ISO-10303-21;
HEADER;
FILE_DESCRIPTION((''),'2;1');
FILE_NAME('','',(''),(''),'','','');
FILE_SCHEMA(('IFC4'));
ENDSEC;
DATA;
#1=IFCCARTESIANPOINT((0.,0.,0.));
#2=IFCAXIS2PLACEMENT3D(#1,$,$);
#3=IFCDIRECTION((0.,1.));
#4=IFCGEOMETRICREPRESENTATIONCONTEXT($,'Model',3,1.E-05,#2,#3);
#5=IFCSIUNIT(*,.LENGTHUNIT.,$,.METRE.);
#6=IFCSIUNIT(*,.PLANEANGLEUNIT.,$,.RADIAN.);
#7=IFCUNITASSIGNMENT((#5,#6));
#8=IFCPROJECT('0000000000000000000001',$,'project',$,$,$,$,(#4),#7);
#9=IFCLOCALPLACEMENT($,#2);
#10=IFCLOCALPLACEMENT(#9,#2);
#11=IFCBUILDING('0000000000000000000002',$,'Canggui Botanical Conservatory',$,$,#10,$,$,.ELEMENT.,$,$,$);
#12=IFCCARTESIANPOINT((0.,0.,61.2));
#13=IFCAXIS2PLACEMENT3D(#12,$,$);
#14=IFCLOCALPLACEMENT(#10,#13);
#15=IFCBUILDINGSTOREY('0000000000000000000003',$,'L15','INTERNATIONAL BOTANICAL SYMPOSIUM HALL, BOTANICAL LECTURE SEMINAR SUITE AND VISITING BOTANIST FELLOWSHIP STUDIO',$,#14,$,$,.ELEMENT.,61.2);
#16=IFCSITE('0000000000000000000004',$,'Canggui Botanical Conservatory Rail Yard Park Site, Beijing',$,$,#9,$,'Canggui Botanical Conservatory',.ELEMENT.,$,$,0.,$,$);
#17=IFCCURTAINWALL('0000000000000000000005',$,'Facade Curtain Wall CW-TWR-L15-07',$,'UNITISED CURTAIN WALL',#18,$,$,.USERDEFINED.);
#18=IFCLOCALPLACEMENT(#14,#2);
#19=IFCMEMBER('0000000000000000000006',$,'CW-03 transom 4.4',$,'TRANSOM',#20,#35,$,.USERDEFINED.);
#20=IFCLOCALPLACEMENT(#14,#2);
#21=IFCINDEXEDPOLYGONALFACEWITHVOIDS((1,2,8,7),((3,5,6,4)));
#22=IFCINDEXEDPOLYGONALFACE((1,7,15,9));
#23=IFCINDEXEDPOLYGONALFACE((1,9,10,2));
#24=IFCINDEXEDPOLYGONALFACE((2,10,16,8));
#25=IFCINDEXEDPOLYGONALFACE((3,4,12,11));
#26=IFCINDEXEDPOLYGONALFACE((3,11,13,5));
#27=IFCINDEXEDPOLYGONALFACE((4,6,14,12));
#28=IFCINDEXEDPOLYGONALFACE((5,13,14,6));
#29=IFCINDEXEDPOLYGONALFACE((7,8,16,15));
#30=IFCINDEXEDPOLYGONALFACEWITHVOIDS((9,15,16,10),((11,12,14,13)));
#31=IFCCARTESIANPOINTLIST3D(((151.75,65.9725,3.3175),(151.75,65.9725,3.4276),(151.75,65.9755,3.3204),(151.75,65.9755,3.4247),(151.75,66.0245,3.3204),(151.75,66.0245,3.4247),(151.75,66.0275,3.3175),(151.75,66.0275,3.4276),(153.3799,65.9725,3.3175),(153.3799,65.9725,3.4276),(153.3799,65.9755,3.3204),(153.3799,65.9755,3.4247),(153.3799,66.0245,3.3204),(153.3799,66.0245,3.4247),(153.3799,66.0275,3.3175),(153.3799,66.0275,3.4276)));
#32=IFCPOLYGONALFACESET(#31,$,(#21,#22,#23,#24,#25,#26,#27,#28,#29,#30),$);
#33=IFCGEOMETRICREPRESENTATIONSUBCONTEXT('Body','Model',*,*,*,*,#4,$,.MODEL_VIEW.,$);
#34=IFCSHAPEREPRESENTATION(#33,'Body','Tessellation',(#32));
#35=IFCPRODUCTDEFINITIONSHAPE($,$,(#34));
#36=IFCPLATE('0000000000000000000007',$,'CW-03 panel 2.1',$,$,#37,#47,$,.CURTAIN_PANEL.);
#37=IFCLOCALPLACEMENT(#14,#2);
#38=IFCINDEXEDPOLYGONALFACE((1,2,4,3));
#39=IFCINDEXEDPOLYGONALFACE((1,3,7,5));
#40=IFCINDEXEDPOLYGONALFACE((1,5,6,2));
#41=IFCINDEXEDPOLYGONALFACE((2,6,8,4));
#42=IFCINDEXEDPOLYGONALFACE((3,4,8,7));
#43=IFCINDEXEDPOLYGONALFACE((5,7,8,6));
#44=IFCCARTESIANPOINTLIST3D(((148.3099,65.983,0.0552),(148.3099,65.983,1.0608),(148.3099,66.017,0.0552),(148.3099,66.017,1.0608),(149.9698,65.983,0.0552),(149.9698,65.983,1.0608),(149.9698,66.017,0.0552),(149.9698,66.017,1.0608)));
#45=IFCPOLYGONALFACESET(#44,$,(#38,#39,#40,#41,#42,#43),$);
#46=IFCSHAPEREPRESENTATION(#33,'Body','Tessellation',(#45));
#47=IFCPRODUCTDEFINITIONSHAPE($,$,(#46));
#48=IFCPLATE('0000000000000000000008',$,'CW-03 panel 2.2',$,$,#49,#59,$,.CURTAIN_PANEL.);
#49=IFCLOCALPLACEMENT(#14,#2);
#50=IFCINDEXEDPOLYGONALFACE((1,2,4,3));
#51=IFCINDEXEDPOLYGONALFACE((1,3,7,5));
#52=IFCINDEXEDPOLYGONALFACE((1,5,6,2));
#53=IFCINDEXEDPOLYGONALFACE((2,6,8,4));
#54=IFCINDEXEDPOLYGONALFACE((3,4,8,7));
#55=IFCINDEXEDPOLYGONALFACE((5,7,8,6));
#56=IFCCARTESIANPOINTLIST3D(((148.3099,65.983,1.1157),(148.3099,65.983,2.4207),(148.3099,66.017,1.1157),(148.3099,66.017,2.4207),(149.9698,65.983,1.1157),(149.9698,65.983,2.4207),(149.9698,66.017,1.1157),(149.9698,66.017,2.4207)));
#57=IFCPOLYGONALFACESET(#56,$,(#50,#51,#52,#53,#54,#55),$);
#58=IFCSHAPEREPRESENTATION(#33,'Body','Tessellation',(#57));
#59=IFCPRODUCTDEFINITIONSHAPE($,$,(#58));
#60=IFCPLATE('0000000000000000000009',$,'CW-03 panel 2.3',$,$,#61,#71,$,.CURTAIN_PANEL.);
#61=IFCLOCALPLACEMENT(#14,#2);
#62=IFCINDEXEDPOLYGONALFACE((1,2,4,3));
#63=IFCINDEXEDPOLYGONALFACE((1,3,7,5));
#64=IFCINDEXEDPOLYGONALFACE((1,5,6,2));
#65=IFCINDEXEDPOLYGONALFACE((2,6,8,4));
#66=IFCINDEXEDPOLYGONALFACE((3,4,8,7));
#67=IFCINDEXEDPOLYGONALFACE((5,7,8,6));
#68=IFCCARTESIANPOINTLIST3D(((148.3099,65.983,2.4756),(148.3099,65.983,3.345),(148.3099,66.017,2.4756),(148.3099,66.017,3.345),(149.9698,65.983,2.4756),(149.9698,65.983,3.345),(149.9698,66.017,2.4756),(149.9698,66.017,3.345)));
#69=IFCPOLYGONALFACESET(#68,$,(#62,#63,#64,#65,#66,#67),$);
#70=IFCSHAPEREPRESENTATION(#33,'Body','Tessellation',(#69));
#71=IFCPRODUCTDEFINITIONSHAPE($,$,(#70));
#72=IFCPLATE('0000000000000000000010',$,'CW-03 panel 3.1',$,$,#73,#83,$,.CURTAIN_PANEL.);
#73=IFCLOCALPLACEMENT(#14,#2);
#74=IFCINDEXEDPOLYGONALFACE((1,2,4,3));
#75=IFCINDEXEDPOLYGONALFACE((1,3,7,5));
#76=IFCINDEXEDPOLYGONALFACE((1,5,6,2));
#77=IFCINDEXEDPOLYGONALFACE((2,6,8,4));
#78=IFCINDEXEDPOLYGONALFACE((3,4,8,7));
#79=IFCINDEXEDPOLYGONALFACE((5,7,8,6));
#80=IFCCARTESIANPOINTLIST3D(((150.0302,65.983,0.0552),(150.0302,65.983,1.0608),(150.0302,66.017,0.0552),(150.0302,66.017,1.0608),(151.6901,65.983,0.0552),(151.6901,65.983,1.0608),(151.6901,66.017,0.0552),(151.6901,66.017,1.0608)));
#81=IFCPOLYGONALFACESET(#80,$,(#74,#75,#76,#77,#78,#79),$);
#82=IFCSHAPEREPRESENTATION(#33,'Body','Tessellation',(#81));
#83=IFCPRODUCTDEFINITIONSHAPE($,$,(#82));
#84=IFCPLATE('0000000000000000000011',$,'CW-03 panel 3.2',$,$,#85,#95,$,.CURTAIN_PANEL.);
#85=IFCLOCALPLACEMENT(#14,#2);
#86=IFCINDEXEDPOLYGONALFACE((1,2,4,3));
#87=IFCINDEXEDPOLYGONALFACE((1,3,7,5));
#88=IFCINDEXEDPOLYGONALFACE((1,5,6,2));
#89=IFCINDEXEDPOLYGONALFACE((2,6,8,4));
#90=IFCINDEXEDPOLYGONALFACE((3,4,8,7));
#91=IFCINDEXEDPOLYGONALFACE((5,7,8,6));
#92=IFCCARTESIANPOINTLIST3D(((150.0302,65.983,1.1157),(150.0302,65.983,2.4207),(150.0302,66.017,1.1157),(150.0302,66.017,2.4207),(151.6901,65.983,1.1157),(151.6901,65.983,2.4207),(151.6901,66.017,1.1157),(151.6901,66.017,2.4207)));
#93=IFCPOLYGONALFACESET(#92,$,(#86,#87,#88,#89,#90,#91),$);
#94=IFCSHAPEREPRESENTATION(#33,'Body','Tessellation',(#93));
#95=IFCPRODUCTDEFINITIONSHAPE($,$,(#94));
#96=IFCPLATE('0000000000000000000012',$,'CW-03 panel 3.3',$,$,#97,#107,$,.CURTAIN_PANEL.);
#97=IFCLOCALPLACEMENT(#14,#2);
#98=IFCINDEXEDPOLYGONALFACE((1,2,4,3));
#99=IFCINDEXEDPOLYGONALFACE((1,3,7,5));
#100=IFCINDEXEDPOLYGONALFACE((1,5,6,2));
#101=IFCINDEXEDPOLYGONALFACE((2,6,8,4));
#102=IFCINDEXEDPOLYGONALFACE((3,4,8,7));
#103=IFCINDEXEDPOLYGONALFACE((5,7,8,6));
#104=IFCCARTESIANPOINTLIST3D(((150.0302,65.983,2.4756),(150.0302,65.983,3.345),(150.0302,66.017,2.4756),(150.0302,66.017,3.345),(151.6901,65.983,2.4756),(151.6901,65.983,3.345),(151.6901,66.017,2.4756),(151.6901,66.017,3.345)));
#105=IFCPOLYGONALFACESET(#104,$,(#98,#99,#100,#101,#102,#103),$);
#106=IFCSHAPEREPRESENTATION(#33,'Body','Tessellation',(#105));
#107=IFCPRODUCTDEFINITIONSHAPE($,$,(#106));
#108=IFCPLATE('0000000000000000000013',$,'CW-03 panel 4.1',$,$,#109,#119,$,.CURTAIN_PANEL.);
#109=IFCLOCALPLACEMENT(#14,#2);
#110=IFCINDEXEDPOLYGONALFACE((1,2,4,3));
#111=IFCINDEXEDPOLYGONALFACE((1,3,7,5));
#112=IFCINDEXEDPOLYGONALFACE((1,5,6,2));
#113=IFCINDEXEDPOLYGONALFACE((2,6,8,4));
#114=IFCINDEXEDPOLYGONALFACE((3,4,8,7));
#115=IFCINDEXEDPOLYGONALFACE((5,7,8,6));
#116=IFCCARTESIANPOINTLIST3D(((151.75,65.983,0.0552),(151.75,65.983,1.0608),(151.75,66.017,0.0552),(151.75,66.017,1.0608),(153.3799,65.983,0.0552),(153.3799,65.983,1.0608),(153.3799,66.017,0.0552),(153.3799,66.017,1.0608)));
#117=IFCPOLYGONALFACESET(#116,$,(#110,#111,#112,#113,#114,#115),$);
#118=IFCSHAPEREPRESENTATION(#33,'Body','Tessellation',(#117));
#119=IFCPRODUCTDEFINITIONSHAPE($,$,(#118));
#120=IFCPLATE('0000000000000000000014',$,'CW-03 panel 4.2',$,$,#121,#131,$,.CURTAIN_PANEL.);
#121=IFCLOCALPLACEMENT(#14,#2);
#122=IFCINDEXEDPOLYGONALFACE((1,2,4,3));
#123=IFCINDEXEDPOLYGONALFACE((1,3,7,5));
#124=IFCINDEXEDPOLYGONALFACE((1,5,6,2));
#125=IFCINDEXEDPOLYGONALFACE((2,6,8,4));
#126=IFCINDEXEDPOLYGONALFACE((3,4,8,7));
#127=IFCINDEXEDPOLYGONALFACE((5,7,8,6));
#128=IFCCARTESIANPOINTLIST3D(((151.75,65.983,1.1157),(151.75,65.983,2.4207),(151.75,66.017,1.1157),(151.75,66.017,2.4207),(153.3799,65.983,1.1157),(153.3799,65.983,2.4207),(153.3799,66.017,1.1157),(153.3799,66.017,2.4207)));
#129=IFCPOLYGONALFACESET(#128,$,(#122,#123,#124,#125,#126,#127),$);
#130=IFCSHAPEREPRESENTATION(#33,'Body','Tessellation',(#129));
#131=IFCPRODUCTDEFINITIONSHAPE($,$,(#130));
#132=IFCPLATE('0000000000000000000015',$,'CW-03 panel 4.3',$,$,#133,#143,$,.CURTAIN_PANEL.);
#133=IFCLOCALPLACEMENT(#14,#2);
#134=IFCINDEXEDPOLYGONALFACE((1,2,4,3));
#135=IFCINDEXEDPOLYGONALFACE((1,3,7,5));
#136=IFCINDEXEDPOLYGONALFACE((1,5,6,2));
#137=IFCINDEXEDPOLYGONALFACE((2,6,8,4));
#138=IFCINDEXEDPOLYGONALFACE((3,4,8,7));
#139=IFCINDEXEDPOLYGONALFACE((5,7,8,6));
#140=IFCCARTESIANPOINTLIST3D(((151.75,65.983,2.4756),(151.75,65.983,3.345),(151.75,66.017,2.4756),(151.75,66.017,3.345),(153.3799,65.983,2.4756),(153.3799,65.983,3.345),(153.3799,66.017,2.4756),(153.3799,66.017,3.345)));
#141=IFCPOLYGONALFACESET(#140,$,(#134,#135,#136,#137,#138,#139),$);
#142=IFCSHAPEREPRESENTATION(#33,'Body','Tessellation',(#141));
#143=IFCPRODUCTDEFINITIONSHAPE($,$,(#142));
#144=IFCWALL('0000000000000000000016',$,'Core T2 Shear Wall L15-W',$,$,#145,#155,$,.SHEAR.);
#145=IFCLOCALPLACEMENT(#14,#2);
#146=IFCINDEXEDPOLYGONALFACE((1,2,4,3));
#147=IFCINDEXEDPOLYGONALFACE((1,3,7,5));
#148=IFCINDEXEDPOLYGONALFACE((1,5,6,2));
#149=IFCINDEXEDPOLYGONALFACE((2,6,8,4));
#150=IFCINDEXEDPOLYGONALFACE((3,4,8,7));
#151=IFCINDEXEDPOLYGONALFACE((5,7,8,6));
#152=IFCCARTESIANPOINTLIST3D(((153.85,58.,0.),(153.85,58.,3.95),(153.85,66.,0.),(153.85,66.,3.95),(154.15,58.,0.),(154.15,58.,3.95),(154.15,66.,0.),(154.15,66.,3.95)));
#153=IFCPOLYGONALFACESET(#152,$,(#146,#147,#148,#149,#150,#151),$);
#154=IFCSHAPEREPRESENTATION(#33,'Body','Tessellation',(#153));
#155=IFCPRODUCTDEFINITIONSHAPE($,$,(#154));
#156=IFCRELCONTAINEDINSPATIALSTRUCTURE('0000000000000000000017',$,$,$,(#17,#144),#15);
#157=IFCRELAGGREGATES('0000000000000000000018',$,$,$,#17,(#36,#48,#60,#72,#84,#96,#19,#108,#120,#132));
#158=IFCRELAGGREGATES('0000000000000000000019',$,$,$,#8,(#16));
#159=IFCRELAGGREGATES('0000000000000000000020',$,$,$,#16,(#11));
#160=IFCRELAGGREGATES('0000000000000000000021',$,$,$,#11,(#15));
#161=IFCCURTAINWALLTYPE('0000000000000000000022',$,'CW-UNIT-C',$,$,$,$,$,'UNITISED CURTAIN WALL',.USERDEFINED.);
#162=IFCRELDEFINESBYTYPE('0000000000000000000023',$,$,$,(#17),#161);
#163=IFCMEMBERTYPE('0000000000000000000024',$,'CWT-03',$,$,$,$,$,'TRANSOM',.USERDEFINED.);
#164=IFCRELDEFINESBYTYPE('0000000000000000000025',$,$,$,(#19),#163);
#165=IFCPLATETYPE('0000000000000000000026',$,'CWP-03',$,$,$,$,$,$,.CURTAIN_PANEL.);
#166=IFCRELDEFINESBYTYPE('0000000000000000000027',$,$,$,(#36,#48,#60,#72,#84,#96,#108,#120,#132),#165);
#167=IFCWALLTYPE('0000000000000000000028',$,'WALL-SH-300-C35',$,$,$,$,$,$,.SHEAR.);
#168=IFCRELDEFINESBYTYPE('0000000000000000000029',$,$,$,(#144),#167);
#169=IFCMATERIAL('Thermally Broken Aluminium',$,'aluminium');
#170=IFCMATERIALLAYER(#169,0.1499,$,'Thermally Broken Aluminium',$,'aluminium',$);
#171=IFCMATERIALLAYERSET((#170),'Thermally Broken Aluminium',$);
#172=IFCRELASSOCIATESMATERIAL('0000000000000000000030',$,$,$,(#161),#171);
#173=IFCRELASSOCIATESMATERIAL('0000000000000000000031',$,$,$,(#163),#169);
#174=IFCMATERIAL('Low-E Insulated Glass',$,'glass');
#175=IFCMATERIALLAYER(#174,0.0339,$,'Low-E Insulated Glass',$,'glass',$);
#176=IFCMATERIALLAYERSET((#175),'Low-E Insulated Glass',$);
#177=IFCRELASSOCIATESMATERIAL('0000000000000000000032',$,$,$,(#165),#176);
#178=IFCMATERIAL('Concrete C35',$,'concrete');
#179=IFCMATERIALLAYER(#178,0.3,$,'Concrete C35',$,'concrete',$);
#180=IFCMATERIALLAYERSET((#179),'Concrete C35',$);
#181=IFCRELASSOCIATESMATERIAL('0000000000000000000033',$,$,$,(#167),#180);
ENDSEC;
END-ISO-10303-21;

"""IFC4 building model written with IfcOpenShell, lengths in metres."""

from ifc_helpers import new_model, si_unit, direction, frame, frame_2d, origin, origin_2d, place, context, subcontext, project, spatial, rectangle, hollow_rectangle, extrude, material, layer, layer_set, material_profile, profile_set, type_object, element, aggregate, save


model = new_model("IFC4")

# Units and contexts
model_context = context("Model", 3, precision=1e-05, world=origin(), true_north=direction((0.0, 1.0)))
body_context = subcontext(model_context, "Body", "Model", "MODEL_VIEW")
ifc_project = project(units=[si_unit("LENGTHUNIT", "METRE"), si_unit("PLANEANGLEUNIT", "RADIAN")], contexts=[model_context])

# Site, building, storey
site_placement = place(None, origin())
site = spatial("IfcSite", under=ifc_project, at=site_placement, Name="Canggui Botanical Conservatory Rail Yard Park Site, Beijing", LongName="Canggui Botanical Conservatory", CompositionType="ELEMENT", RefElevation=0.0)
building_placement = place(site_placement, origin())
building = spatial("IfcBuilding", under=site, at=building_placement, Name="Canggui Botanical Conservatory", CompositionType="ELEMENT")
storey_placement = place(building_placement, frame((0.0, 0.0, 61.2)))
storey = spatial("IfcBuildingStorey", under=building, at=storey_placement, Name="L15", Description="INTERNATIONAL BOTANICAL SYMPOSIUM HALL, BOTANICAL LECTURE SEMINAR SUITE AND VISITING BOTANIST FELLOWSHIP STUDIO", CompositionType="ELEMENT", Elevation=61.2)

# Shared definitions
ifc_material_1 = material(Name="Concrete C35", Category="concrete")

# Curtain wall, member, plates
ifc_material_2 = material(Name="Thermally Broken Aluminium", Category="aluminium")
ifc_layer_1 = layer(ifc_material_2, 0.1499, Name="Thermally Broken Aluminium", Category="aluminium")
ifc_layer_set_1 = layer_set([ifc_layer_1], Name="Thermally Broken Aluminium")
curtain_wall_type = type_object("IfcCurtainWallType", Name="CW-UNIT-C", ElementType="UNITISED CURTAIN WALL", PredefinedType="USERDEFINED", material=ifc_layer_set_1)
curtain_wall_placement = place(storey_placement, origin())
curtain_wall = element("IfcCurtainWall", 1, at=curtain_wall_placement, inside=storey, type_object=curtain_wall_type, Name="Facade Curtain Wall CW-TWR-L15-07", ObjectType="UNITISED CURTAIN WALL", PredefinedType="USERDEFINED")
ifc_material_profile_1 = material_profile(ifc_material_2, hollow_rectangle(XDim=0.0549, YDim=0.1101, WallThickness=0.0029, at=origin_2d()), Name="CWT 55x110x3")
ifc_profile_set_1 = profile_set([ifc_material_profile_1], Name="Thermally Broken Aluminium")
member_type_1 = type_object("IfcMemberType", Name="CWT-03", ElementType="TRANSOM", PredefinedType="USERDEFINED", material=ifc_profile_set_1)
member_1_placement = place(storey_placement, frame((151.75, 66.0, 3.3726), z_axis=(1.0, 0.0, 0.0), x_axis=(0.0, 1.0, 0.0)))
member_1 = element("IfcMember", 2, at=member_1_placement, type_object=member_type_1, Name="CW-03 transom 4.4", ObjectType="TRANSOM", PredefinedType="USERDEFINED", context=body_context, shape_type="SweptSolid", body=[
    extrude(hollow_rectangle(XDim=0.0549, YDim=0.1101, WallThickness=0.0029, at=origin_2d()), origin(), (0.0, 0.0, 1.0), 1.6299),
])
ifc_material_3 = material(Name="Low-E Insulated Glass", Category="glass")
ifc_layer_2 = layer(ifc_material_3, 0.0339, Name="Low-E Insulated Glass", Category="glass")
ifc_layer_set_2 = layer_set([ifc_layer_2], Name="Low-E Insulated Glass")
plate_type = type_object("IfcPlateType", Name="CWP-03", PredefinedType="CURTAIN_PANEL", material=ifc_layer_set_2)
plate_1_placement = place(storey_placement, frame((149.1399, 66.0, 0.0552), z_axis=(0.0, 0.0, 1.0), x_axis=(1.0, 0.0, 0.0)))
plate_1 = element("IfcPlate", 3, at=plate_1_placement, type_object=plate_type, Name="CW-03 panel 2.1", PredefinedType="CURTAIN_PANEL", context=body_context, shape_type="SweptSolid", body=[
    extrude(rectangle(XDim=1.6599, YDim=0.0339, at=origin_2d()), origin(), (0.0, 0.0, 1.0), 1.0056),
])
plate_2_placement = place(storey_placement, frame((149.1399, 66.0, 1.1157), z_axis=(0.0, 0.0, 1.0), x_axis=(1.0, 0.0, 0.0)))
plate_2 = element("IfcPlate", 4, at=plate_2_placement, type_object=plate_type, Name="CW-03 panel 2.2", PredefinedType="CURTAIN_PANEL", context=body_context, shape_type="SweptSolid", body=[
    extrude(rectangle(XDim=1.6599, YDim=0.0339, at=origin_2d()), origin(), (0.0, 0.0, 1.0), 1.3049),
])
plate_3_placement = place(storey_placement, frame((149.1399, 66.0, 2.4756), z_axis=(0.0, 0.0, 1.0), x_axis=(1.0, 0.0, 0.0)))
plate_3 = element("IfcPlate", 5, at=plate_3_placement, type_object=plate_type, Name="CW-03 panel 2.3", PredefinedType="CURTAIN_PANEL", context=body_context, shape_type="SweptSolid", body=[
    extrude(rectangle(XDim=1.6599, YDim=0.0339, at=origin_2d()), origin(), (0.0, 0.0, 1.0), 0.8694),
])
plate_4_placement = place(storey_placement, frame((150.8601, 66.0, 0.0552), z_axis=(0.0, 0.0, 1.0), x_axis=(1.0, 0.0, 0.0)))
plate_4 = element("IfcPlate", 6, at=plate_4_placement, type_object=plate_type, Name="CW-03 panel 3.1", PredefinedType="CURTAIN_PANEL", context=body_context, shape_type="SweptSolid", body=[
    extrude(rectangle(XDim=1.6599, YDim=0.0339, at=origin_2d()), origin(), (0.0, 0.0, 1.0), 1.0056),
])
plate_5_placement = place(storey_placement, frame((150.8601, 66.0, 1.1157), z_axis=(0.0, 0.0, 1.0), x_axis=(1.0, 0.0, 0.0)))
plate_5 = element("IfcPlate", 7, at=plate_5_placement, type_object=plate_type, Name="CW-03 panel 3.2", PredefinedType="CURTAIN_PANEL", context=body_context, shape_type="SweptSolid", body=[
    extrude(rectangle(XDim=1.6599, YDim=0.0339, at=origin_2d()), origin(), (0.0, 0.0, 1.0), 1.3049),
])
plate_6_placement = place(storey_placement, frame((150.8601, 66.0, 2.4756), z_axis=(0.0, 0.0, 1.0), x_axis=(1.0, 0.0, 0.0)))
plate_6 = element("IfcPlate", 8, at=plate_6_placement, type_object=plate_type, Name="CW-03 panel 3.3", PredefinedType="CURTAIN_PANEL", context=body_context, shape_type="SweptSolid", body=[
    extrude(rectangle(XDim=1.6599, YDim=0.0339, at=origin_2d()), origin(), (0.0, 0.0, 1.0), 0.8694),
])
plate_7_placement = place(storey_placement, frame((152.5649, 66.0, 0.0552), z_axis=(0.0, 0.0, 1.0), x_axis=(1.0, 0.0, 0.0)))
plate_7 = element("IfcPlate", 9, at=plate_7_placement, type_object=plate_type, Name="CW-03 panel 4.1", PredefinedType="CURTAIN_PANEL", context=body_context, shape_type="SweptSolid", body=[
    extrude(rectangle(XDim=1.6299, YDim=0.0339, at=origin_2d()), origin(), (0.0, 0.0, 1.0), 1.0056),
])
plate_8_placement = place(storey_placement, frame((152.5649, 66.0, 1.1157), z_axis=(0.0, 0.0, 1.0), x_axis=(1.0, 0.0, 0.0)))
plate_8 = element("IfcPlate", 10, at=plate_8_placement, type_object=plate_type, Name="CW-03 panel 4.2", PredefinedType="CURTAIN_PANEL", context=body_context, shape_type="SweptSolid", body=[
    extrude(rectangle(XDim=1.6299, YDim=0.0339, at=origin_2d()), origin(), (0.0, 0.0, 1.0), 1.3049),
])
plate_9_placement = place(storey_placement, frame((152.5649, 66.0, 2.4756), z_axis=(0.0, 0.0, 1.0), x_axis=(1.0, 0.0, 0.0)))
plate_9 = element("IfcPlate", 11, at=plate_9_placement, type_object=plate_type, Name="CW-03 panel 4.3", PredefinedType="CURTAIN_PANEL", context=body_context, shape_type="SweptSolid", body=[
    extrude(rectangle(XDim=1.6299, YDim=0.0339, at=origin_2d()), origin(), (0.0, 0.0, 1.0), 0.8694),
])
aggregate(curtain_wall, [plate_1, plate_2, plate_3, plate_4, plate_5, plate_6, member_1, plate_7, plate_8, plate_9])

# Wall
ifc_layer_3 = layer(ifc_material_1, 0.3, Name="Concrete C35", Category="concrete")
ifc_layer_set_3 = layer_set([ifc_layer_3], Name="Concrete C35")
wall_type = type_object("IfcWallType", Name="WALL-SH-300-C35", PredefinedType="SHEAR", material=ifc_layer_set_3)
wall_placement = place(storey_placement, frame((154.0, 66.0, 0.0), z_axis=(0.0, 0.0, 1.0), x_axis=(0.0, -1.0, 0.0)))
element("IfcWall", 12, at=wall_placement, inside=storey, type_object=wall_type, Name="Core T2 Shear Wall L15-W", PredefinedType="SHEAR", context=body_context, shape_type="SweptSolid", body=[
    extrude(rectangle(XDim=8.0, YDim=0.3, at=frame_2d((4.0, 0.0))), origin(), (0.0, 0.0, 1.0), 3.95),
])

save(model, "model.ifc")
